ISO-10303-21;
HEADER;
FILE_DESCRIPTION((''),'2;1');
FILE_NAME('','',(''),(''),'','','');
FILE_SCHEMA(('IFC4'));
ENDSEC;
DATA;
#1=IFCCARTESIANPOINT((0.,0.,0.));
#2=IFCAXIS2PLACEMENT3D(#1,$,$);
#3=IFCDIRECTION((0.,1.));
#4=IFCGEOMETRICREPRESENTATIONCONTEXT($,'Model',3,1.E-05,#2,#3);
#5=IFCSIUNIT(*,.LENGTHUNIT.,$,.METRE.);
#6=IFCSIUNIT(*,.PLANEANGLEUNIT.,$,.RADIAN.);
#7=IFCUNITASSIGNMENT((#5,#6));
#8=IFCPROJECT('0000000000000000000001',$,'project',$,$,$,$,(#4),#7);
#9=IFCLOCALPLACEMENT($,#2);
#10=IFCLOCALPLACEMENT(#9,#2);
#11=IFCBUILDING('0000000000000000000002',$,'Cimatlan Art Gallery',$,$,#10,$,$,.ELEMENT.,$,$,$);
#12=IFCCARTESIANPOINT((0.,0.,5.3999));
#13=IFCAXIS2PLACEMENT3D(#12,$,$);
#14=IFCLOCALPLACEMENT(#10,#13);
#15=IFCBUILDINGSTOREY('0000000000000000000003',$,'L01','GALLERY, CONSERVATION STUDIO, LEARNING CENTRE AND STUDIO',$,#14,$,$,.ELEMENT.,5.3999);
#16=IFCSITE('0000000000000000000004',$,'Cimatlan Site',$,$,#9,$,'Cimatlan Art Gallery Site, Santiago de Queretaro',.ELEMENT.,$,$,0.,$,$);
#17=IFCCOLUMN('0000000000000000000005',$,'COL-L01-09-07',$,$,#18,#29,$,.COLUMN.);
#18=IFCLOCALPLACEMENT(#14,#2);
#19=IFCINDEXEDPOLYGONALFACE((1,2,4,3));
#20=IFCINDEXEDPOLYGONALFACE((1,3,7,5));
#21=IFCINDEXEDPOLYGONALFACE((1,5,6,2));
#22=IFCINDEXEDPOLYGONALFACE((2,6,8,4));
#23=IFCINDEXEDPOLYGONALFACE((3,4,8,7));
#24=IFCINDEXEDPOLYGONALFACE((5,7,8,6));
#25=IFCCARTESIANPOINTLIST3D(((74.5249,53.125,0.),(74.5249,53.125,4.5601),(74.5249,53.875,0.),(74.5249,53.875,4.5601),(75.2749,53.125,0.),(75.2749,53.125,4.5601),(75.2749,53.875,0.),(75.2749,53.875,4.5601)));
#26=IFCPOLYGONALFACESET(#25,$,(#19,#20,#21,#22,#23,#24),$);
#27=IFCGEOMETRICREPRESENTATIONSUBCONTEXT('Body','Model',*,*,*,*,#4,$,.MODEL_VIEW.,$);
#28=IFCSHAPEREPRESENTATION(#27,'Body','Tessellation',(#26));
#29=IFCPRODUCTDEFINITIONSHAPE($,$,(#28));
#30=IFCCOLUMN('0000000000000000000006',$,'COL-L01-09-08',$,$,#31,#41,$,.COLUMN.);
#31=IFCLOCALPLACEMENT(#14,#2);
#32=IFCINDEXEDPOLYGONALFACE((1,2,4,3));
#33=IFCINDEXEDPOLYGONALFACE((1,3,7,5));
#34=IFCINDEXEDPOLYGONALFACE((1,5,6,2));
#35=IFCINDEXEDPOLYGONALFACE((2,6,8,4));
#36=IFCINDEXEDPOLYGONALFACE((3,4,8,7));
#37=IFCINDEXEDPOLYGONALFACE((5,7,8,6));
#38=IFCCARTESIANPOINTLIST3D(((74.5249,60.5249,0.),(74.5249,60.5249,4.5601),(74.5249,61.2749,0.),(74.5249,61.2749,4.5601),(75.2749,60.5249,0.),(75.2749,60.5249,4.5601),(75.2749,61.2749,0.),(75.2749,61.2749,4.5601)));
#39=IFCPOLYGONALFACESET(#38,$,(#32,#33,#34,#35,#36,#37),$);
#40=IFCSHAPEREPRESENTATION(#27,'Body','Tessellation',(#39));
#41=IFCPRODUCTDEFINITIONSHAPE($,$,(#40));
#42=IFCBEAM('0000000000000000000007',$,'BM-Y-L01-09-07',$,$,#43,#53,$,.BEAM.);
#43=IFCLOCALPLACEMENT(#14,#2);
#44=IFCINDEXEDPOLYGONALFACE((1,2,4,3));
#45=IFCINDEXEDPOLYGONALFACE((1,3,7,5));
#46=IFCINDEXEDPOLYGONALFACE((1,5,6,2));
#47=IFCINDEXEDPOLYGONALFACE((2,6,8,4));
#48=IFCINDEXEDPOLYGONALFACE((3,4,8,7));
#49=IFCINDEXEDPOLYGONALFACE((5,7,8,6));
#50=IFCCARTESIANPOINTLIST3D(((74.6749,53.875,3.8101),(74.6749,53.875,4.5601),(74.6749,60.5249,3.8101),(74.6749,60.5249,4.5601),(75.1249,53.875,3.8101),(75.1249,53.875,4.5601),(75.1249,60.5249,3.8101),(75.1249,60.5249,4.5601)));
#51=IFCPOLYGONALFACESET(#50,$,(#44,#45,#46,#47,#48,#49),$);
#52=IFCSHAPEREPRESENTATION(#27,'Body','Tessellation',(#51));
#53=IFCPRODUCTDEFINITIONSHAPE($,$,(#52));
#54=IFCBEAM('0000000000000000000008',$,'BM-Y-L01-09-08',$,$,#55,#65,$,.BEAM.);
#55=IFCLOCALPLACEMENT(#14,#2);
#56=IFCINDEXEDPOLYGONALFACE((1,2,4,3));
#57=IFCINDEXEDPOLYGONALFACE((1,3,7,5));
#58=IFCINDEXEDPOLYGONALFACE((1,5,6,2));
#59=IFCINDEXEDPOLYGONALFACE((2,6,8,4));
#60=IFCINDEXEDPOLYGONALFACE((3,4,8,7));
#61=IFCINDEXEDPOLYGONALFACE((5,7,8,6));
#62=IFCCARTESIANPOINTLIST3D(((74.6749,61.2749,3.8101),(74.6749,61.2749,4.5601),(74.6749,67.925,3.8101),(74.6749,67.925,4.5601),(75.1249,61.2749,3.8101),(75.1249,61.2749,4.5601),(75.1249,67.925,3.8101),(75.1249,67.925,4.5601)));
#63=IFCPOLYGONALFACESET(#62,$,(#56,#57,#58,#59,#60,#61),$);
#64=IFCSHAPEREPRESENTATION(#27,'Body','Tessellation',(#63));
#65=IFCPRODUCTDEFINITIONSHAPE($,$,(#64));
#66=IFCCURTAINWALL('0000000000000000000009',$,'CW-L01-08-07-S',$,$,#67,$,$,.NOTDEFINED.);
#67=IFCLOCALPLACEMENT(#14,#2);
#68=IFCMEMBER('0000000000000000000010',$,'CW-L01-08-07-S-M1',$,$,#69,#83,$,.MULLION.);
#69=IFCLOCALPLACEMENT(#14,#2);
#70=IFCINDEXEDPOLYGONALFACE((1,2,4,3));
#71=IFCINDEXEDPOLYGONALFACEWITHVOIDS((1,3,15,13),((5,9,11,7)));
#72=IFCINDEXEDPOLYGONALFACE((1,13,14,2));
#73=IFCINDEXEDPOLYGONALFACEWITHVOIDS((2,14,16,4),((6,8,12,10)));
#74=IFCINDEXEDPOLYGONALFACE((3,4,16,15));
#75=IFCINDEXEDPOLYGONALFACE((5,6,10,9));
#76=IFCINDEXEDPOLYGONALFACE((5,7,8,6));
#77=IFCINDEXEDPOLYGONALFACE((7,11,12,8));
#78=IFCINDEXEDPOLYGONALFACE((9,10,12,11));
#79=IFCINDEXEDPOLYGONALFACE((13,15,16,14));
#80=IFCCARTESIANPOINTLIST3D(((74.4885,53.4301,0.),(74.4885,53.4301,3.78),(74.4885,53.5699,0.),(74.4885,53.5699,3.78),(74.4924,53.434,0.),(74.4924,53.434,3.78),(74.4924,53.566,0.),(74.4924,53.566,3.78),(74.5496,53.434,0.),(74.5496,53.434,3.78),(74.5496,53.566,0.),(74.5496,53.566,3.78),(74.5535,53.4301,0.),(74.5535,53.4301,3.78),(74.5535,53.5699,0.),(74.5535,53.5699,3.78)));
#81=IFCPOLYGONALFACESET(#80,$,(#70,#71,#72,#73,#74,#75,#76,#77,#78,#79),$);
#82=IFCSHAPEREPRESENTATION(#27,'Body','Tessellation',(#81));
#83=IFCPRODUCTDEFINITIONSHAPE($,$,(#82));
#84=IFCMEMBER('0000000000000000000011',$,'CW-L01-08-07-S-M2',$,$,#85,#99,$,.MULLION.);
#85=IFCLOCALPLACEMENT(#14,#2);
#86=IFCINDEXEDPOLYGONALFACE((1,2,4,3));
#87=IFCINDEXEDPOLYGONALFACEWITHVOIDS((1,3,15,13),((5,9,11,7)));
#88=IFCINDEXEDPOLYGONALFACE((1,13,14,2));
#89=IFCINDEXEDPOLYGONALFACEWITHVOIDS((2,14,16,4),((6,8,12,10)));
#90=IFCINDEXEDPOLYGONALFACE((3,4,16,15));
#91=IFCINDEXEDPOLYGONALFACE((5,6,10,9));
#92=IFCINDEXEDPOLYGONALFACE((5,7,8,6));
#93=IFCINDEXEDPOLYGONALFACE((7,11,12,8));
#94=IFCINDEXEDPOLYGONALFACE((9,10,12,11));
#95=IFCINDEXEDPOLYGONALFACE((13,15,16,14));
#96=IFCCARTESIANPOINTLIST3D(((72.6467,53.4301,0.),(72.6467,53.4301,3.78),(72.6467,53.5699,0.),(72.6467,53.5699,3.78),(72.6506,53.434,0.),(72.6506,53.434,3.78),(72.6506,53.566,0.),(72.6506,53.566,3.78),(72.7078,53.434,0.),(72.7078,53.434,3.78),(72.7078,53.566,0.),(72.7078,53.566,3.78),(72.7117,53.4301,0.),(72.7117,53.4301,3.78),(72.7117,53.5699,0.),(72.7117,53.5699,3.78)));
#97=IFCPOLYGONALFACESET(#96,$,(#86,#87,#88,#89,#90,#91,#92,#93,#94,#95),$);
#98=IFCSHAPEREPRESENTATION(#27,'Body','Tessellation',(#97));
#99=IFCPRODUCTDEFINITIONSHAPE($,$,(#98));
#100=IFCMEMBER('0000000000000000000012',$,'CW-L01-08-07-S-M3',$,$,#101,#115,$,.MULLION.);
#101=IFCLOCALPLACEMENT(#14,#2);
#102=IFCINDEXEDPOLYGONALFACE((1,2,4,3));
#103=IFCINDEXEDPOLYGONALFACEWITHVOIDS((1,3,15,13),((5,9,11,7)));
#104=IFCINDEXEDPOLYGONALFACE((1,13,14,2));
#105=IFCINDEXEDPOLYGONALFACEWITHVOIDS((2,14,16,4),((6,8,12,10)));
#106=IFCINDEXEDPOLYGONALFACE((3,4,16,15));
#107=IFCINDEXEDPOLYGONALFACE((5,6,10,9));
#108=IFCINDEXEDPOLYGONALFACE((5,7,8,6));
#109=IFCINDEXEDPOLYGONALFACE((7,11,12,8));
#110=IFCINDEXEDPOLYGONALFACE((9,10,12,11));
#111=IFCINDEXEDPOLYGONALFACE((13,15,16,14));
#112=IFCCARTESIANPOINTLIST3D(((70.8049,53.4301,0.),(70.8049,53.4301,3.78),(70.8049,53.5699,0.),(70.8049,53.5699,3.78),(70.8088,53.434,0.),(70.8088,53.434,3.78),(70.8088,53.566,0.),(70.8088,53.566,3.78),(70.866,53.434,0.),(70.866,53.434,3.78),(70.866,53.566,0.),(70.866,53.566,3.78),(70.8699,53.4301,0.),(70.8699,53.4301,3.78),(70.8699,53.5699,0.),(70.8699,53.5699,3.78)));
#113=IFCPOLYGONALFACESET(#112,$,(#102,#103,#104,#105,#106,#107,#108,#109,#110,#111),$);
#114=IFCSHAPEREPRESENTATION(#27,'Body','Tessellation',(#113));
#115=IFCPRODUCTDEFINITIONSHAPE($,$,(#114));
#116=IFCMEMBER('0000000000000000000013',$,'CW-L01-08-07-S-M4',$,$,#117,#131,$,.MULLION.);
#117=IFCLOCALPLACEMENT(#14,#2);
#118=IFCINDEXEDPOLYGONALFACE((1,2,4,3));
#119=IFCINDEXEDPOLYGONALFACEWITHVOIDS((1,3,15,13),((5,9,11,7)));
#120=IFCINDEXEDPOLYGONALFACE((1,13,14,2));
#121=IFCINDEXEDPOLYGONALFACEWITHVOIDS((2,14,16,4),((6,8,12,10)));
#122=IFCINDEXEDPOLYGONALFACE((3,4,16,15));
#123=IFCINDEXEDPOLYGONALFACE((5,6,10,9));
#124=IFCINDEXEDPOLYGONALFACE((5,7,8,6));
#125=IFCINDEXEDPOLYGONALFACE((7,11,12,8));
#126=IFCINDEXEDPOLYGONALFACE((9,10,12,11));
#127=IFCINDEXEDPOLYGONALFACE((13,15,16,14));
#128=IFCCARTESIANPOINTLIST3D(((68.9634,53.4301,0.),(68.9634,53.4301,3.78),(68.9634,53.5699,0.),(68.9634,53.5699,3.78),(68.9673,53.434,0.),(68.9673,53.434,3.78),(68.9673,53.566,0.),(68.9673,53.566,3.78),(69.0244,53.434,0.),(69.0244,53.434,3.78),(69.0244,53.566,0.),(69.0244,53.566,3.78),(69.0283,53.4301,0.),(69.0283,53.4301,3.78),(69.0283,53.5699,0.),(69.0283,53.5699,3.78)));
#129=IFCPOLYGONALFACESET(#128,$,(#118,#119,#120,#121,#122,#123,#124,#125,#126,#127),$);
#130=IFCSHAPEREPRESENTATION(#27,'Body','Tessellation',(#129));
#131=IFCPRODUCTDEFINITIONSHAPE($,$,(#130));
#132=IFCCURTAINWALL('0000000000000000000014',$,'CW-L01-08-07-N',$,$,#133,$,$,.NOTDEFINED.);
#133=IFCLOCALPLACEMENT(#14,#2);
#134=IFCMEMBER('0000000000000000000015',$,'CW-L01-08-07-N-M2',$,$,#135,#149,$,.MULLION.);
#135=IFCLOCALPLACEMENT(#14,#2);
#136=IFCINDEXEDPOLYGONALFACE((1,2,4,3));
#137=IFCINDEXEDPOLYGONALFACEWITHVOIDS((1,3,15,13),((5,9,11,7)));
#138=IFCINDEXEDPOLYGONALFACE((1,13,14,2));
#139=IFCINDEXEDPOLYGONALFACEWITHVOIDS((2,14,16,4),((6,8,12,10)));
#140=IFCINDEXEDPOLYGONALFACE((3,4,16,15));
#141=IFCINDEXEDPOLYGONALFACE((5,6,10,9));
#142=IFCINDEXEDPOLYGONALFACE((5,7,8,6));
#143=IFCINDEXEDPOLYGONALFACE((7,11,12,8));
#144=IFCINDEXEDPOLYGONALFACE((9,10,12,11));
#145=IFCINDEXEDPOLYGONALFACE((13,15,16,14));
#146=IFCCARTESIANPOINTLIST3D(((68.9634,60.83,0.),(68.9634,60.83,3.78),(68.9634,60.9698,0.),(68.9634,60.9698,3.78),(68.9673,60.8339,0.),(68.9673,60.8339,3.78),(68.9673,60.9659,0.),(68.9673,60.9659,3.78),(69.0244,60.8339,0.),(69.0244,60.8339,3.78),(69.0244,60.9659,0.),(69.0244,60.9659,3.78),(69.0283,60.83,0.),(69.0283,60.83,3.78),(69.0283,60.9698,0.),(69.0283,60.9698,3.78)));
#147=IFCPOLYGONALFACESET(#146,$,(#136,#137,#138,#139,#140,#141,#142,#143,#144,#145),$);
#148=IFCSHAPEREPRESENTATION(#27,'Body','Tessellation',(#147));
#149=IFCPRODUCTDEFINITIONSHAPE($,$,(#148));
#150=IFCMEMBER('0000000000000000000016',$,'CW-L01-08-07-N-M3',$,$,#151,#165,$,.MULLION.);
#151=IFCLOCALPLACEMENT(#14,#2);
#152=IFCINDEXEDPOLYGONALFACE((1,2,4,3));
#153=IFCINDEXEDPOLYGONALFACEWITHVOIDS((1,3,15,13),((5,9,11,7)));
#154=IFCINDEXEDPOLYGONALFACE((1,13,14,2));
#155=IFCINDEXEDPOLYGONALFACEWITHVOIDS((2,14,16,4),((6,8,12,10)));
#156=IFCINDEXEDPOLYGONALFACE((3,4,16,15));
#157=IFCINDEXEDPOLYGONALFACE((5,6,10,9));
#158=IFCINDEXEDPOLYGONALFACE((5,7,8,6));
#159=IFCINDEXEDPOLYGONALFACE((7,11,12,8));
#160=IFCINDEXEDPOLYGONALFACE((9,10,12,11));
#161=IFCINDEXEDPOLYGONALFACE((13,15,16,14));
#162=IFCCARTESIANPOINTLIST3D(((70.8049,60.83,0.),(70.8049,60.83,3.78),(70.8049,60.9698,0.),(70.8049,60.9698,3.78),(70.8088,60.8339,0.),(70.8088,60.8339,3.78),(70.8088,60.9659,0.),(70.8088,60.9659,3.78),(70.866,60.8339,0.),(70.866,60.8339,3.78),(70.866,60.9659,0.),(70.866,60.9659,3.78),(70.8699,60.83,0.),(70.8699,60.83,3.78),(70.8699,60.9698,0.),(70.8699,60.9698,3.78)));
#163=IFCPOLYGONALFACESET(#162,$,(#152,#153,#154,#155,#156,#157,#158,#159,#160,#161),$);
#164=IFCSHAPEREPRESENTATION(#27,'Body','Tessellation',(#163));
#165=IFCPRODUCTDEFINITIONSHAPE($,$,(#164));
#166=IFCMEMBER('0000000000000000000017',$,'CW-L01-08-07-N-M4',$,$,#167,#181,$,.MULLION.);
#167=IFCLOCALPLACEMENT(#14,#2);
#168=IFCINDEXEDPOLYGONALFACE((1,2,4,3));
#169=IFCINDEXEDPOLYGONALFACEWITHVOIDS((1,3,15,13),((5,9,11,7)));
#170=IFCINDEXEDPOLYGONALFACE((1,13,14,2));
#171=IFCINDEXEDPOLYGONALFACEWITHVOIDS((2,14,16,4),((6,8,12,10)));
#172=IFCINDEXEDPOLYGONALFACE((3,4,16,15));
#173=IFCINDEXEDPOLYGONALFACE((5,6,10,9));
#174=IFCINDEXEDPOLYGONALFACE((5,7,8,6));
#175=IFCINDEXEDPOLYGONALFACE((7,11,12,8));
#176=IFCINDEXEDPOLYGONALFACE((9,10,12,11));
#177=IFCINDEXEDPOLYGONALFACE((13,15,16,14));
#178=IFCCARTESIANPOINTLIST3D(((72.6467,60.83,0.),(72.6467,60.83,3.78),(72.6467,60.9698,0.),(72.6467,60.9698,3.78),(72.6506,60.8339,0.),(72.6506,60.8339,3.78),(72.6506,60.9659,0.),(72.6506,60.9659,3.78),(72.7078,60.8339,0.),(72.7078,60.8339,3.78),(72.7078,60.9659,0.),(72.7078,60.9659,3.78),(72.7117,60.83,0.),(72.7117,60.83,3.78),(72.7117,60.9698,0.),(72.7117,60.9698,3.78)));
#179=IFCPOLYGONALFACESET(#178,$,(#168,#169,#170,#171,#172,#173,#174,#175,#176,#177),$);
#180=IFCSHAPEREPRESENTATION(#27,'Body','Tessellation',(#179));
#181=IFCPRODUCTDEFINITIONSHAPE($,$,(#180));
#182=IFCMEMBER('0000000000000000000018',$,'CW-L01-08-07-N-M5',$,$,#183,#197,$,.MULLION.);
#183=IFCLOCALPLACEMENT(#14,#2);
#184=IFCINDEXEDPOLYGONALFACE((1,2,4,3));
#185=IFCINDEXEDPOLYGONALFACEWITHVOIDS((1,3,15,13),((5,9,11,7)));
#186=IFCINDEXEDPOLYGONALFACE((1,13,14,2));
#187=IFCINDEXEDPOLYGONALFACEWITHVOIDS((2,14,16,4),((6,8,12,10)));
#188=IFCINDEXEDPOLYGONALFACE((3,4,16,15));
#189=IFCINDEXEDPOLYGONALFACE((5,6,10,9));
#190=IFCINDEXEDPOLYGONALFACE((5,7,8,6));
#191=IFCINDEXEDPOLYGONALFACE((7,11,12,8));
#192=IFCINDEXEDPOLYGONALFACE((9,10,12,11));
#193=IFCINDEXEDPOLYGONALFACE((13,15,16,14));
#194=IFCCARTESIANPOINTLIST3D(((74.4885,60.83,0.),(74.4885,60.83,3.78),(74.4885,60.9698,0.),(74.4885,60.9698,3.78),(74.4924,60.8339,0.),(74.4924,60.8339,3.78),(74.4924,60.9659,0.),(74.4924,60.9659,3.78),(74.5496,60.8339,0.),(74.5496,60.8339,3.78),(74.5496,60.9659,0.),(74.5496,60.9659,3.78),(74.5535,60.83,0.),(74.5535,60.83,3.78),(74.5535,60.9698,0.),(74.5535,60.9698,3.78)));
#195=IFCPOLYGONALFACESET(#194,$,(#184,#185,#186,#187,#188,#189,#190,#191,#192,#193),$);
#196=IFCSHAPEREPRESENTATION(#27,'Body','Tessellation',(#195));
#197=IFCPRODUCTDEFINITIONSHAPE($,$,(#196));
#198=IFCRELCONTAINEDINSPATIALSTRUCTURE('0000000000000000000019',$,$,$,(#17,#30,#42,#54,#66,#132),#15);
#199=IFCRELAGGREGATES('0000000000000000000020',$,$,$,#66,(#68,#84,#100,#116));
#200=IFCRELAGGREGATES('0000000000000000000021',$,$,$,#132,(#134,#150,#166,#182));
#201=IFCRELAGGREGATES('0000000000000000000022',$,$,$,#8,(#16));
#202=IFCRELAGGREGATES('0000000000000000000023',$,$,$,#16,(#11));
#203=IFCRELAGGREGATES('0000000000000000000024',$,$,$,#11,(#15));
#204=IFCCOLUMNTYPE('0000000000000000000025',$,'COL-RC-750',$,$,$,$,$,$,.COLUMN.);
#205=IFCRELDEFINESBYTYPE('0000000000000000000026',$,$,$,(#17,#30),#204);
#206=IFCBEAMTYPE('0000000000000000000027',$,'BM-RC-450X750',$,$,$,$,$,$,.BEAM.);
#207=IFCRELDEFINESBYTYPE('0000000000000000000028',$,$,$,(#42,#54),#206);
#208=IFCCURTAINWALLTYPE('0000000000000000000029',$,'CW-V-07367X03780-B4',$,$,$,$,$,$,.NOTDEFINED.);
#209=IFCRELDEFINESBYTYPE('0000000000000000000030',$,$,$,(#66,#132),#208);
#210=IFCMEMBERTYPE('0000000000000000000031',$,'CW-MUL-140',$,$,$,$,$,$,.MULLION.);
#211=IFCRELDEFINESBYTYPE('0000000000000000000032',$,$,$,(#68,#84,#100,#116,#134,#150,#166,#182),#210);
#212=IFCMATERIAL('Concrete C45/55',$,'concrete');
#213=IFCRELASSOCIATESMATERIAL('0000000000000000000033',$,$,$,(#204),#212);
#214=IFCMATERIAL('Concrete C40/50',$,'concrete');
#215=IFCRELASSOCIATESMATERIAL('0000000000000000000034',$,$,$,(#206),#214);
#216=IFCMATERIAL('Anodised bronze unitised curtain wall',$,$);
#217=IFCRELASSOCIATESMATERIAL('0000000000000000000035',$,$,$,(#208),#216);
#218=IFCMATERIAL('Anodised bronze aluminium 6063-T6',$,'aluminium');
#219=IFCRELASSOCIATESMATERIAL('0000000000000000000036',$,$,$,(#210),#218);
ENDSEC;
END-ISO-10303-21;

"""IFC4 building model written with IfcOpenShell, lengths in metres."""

from ifc_helpers import new_model, si_unit, direction, frame, origin, origin_2d, place, context, subcontext, project, spatial, rectangle, hollow_rectangle, extrude, material, material_profile, profile_set, type_object, element, aggregate, save


model = new_model("IFC4")

# Units and contexts
model_context = context("Model", 3, precision=1e-05, world=origin(), true_north=direction((0.0, 1.0)))
body_context = subcontext(model_context, "Body", "Model", "MODEL_VIEW")
ifc_project = project(units=[si_unit("LENGTHUNIT", "METRE"), si_unit("PLANEANGLEUNIT", "RADIAN")], contexts=[model_context])

# Site, building, storey
site_placement = place(None, origin())
site = spatial("IfcSite", under=ifc_project, at=site_placement, Name="Cimatlan Site", LongName="Cimatlan Art Gallery Site, Santiago de Queretaro", CompositionType="ELEMENT", RefElevation=0.0)
building_placement = place(site_placement, origin())
building = spatial("IfcBuilding", under=site, at=building_placement, Name="Cimatlan Art Gallery", CompositionType="ELEMENT")
storey_placement = place(building_placement, frame((0.0, 0.0, 5.3999)))
storey = spatial("IfcBuildingStorey", under=building, at=storey_placement, Name="L01", Description="GALLERY, CONSERVATION STUDIO, LEARNING CENTRE AND STUDIO", CompositionType="ELEMENT", Elevation=5.3999)

# Columns
ifc_material_1 = material(Name="Concrete C45/55", Category="concrete")
ifc_material_profile_1 = material_profile(ifc_material_1, rectangle(XDim=0.75, YDim=0.75, at=origin_2d()), Name="RC750X750")
ifc_profile_set_1 = profile_set([ifc_material_profile_1], Name="Concrete C45/55")
column_type = type_object("IfcColumnType", Name="COL-RC-750", PredefinedType="COLUMN", material=ifc_profile_set_1)
for number, where, z_axis, x_axis, name in (
    (1, (74.8999, 53.5, 0.0), (0.0, 0.0, 1.0), (1.0, 0.0, 0.0), "COL-L01-09-07"),
    (2, (74.8999, 60.8999, 0.0), (0.0, 0.0, 1.0), (1.0, 0.0, 0.0), "COL-L01-09-08"),
):
    element("IfcColumn", number, at=place(storey_placement, frame(where, z_axis=z_axis, x_axis=x_axis)), inside=storey, type_object=column_type, Name=name, PredefinedType="COLUMN", context=body_context, shape_type="SweptSolid", body=[
        extrude(rectangle(XDim=0.75, YDim=0.75, at=origin_2d()), origin(), (0.0, 0.0, 1.0), 4.5601),
    ])

# Beams
ifc_material_2 = material(Name="Concrete C40/50", Category="concrete")
ifc_material_profile_2 = material_profile(ifc_material_2, rectangle(XDim=0.45, YDim=0.75, at=origin_2d()), Name="RC450X750")
ifc_profile_set_2 = profile_set([ifc_material_profile_2], Name="Concrete C40/50")
beam_type = type_object("IfcBeamType", Name="BM-RC-450X750", PredefinedType="BEAM", material=ifc_profile_set_2)
beam_1_placement = place(storey_placement, frame((74.8999, 53.875, 4.1851), z_axis=(0.0, 1.0, 0.0), x_axis=(-1.0, 0.0, 0.0)))
element("IfcBeam", 3, at=beam_1_placement, inside=storey, type_object=beam_type, Name="BM-Y-L01-09-07", PredefinedType="BEAM", context=body_context, shape_type="SweptSolid", body=[
    extrude(rectangle(XDim=0.45, YDim=0.75, at=origin_2d()), origin(), (0.0, 0.0, 1.0), 6.6499),
])
beam_2_placement = place(storey_placement, frame((74.8999, 61.2749, 4.1851), z_axis=(0.0, 1.0, 0.0), x_axis=(-1.0, 0.0, 0.0)))
element("IfcBeam", 4, at=beam_2_placement, inside=storey, type_object=beam_type, Name="BM-Y-L01-09-08", PredefinedType="BEAM", context=body_context, shape_type="SweptSolid", body=[
    extrude(rectangle(XDim=0.45, YDim=0.75, at=origin_2d()), origin(), (0.0, 0.0, 1.0), 6.6501),
])

# Curtain walls, members
ifc_material_3 = material(Name="Anodised bronze unitised curtain wall")
curtain_wall_type_1 = type_object("IfcCurtainWallType", Name="CW-V-07367X03780-B4", PredefinedType="NOTDEFINED", material=ifc_material_3)
curtain_wall_1_placement = place(storey_placement, origin())
curtain_wall_1 = element("IfcCurtainWall", 5, at=curtain_wall_1_placement, inside=storey, type_object=curtain_wall_type_1, Name="CW-L01-08-07-S", PredefinedType="NOTDEFINED")
ifc_material_4 = material(Name="Anodised bronze aluminium 6063-T6", Category="aluminium")
ifc_material_profile_3 = material_profile(ifc_material_4, hollow_rectangle(XDim=0.0649, YDim=0.1399, WallThickness=0.0039, at=origin_2d()), Name="ALU65X140X4")
ifc_profile_set_3 = profile_set([ifc_material_profile_3], Name="Anodised bronze aluminium 6063-T6")
member_type_1 = type_object("IfcMemberType", Name="CW-MUL-140", PredefinedType="MULLION", material=ifc_profile_set_3)
member_1_placement = place(storey_placement, frame((74.521, 53.5, 0.0), z_axis=(0.0, 0.0, 1.0), x_axis=(1.0, 0.0, 0.0)))
member_1 = element("IfcMember", 6, at=member_1_placement, type_object=member_type_1, Name="CW-L01-08-07-S-M1", PredefinedType="MULLION", context=body_context, shape_type="SweptSolid", body=[
    extrude(hollow_rectangle(XDim=0.0649, YDim=0.1399, WallThickness=0.0039, at=origin_2d()), origin(), (0.0, 0.0, 1.0), 3.78),
])
member_2_placement = place(storey_placement, frame((72.6792, 53.5, 0.0), z_axis=(0.0, 0.0, 1.0), x_axis=(1.0, 0.0, 0.0)))
member_2 = element("IfcMember", 7, at=member_2_placement, type_object=member_type_1, Name="CW-L01-08-07-S-M2", PredefinedType="MULLION", context=body_context, shape_type="SweptSolid", body=[
    extrude(hollow_rectangle(XDim=0.0649, YDim=0.1399, WallThickness=0.0039, at=origin_2d()), origin(), (0.0, 0.0, 1.0), 3.78),
])
member_3_placement = place(storey_placement, frame((70.8374, 53.5, 0.0), z_axis=(0.0, 0.0, 1.0), x_axis=(1.0, 0.0, 0.0)))
member_3 = element("IfcMember", 8, at=member_3_placement, type_object=member_type_1, Name="CW-L01-08-07-S-M3", PredefinedType="MULLION", context=body_context, shape_type="SweptSolid", body=[
    extrude(hollow_rectangle(XDim=0.0649, YDim=0.1399, WallThickness=0.0039, at=origin_2d()), origin(), (0.0, 0.0, 1.0), 3.78),
])
member_4_placement = place(storey_placement, frame((68.9958, 53.5, 0.0), z_axis=(0.0, 0.0, 1.0), x_axis=(1.0, 0.0, 0.0)))
member_4 = element("IfcMember", 9, at=member_4_placement, type_object=member_type_1, Name="CW-L01-08-07-S-M4", PredefinedType="MULLION", context=body_context, shape_type="SweptSolid", body=[
    extrude(hollow_rectangle(XDim=0.0649, YDim=0.1399, WallThickness=0.0039, at=origin_2d()), origin(), (0.0, 0.0, 1.0), 3.78),
])
curtain_wall_2_placement = place(storey_placement, origin())
curtain_wall_2 = element("IfcCurtainWall", 10, at=curtain_wall_2_placement, inside=storey, type_object=curtain_wall_type_1, Name="CW-L01-08-07-N", PredefinedType="NOTDEFINED")
member_5_placement = place(storey_placement, frame((68.9958, 60.8999, 0.0), z_axis=(0.0, 0.0, 1.0), x_axis=(1.0, 0.0, 0.0)))
member_5 = element("IfcMember", 11, at=member_5_placement, type_object=member_type_1, Name="CW-L01-08-07-N-M2", PredefinedType="MULLION", context=body_context, shape_type="SweptSolid", body=[
    extrude(hollow_rectangle(XDim=0.0649, YDim=0.1399, WallThickness=0.0039, at=origin_2d()), origin(), (0.0, 0.0, 1.0), 3.78),
])
member_6_placement = place(storey_placement, frame((70.8374, 60.8999, 0.0), z_axis=(0.0, 0.0, 1.0), x_axis=(1.0, 0.0, 0.0)))
member_6 = element("IfcMember", 12, at=member_6_placement, type_object=member_type_1, Name="CW-L01-08-07-N-M3", PredefinedType="MULLION", context=body_context, shape_type="SweptSolid", body=[
    extrude(hollow_rectangle(XDim=0.0649, YDim=0.1399, WallThickness=0.0039, at=origin_2d()), origin(), (0.0, 0.0, 1.0), 3.78),
])
member_7_placement = place(storey_placement, frame((72.6792, 60.8999, 0.0), z_axis=(0.0, 0.0, 1.0), x_axis=(1.0, 0.0, 0.0)))
member_7 = element("IfcMember", 13, at=member_7_placement, type_object=member_type_1, Name="CW-L01-08-07-N-M4", PredefinedType="MULLION", context=body_context, shape_type="SweptSolid", body=[
    extrude(hollow_rectangle(XDim=0.0649, YDim=0.1399, WallThickness=0.0039, at=origin_2d()), origin(), (0.0, 0.0, 1.0), 3.78),
])
member_8_placement = place(storey_placement, frame((74.521, 60.8999, 0.0), z_axis=(0.0, 0.0, 1.0), x_axis=(1.0, 0.0, 0.0)))
member_8 = element("IfcMember", 14, at=member_8_placement, type_object=member_type_1, Name="CW-L01-08-07-N-M5", PredefinedType="MULLION", context=body_context, shape_type="SweptSolid", body=[
    extrude(hollow_rectangle(XDim=0.0649, YDim=0.1399, WallThickness=0.0039, at=origin_2d()), origin(), (0.0, 0.0, 1.0), 3.78),
])

aggregate(curtain_wall_1, [member_1, member_2, member_3, member_4])
aggregate(curtain_wall_2, [member_5, member_6, member_7, member_8])

save(model, "model.ifc")
